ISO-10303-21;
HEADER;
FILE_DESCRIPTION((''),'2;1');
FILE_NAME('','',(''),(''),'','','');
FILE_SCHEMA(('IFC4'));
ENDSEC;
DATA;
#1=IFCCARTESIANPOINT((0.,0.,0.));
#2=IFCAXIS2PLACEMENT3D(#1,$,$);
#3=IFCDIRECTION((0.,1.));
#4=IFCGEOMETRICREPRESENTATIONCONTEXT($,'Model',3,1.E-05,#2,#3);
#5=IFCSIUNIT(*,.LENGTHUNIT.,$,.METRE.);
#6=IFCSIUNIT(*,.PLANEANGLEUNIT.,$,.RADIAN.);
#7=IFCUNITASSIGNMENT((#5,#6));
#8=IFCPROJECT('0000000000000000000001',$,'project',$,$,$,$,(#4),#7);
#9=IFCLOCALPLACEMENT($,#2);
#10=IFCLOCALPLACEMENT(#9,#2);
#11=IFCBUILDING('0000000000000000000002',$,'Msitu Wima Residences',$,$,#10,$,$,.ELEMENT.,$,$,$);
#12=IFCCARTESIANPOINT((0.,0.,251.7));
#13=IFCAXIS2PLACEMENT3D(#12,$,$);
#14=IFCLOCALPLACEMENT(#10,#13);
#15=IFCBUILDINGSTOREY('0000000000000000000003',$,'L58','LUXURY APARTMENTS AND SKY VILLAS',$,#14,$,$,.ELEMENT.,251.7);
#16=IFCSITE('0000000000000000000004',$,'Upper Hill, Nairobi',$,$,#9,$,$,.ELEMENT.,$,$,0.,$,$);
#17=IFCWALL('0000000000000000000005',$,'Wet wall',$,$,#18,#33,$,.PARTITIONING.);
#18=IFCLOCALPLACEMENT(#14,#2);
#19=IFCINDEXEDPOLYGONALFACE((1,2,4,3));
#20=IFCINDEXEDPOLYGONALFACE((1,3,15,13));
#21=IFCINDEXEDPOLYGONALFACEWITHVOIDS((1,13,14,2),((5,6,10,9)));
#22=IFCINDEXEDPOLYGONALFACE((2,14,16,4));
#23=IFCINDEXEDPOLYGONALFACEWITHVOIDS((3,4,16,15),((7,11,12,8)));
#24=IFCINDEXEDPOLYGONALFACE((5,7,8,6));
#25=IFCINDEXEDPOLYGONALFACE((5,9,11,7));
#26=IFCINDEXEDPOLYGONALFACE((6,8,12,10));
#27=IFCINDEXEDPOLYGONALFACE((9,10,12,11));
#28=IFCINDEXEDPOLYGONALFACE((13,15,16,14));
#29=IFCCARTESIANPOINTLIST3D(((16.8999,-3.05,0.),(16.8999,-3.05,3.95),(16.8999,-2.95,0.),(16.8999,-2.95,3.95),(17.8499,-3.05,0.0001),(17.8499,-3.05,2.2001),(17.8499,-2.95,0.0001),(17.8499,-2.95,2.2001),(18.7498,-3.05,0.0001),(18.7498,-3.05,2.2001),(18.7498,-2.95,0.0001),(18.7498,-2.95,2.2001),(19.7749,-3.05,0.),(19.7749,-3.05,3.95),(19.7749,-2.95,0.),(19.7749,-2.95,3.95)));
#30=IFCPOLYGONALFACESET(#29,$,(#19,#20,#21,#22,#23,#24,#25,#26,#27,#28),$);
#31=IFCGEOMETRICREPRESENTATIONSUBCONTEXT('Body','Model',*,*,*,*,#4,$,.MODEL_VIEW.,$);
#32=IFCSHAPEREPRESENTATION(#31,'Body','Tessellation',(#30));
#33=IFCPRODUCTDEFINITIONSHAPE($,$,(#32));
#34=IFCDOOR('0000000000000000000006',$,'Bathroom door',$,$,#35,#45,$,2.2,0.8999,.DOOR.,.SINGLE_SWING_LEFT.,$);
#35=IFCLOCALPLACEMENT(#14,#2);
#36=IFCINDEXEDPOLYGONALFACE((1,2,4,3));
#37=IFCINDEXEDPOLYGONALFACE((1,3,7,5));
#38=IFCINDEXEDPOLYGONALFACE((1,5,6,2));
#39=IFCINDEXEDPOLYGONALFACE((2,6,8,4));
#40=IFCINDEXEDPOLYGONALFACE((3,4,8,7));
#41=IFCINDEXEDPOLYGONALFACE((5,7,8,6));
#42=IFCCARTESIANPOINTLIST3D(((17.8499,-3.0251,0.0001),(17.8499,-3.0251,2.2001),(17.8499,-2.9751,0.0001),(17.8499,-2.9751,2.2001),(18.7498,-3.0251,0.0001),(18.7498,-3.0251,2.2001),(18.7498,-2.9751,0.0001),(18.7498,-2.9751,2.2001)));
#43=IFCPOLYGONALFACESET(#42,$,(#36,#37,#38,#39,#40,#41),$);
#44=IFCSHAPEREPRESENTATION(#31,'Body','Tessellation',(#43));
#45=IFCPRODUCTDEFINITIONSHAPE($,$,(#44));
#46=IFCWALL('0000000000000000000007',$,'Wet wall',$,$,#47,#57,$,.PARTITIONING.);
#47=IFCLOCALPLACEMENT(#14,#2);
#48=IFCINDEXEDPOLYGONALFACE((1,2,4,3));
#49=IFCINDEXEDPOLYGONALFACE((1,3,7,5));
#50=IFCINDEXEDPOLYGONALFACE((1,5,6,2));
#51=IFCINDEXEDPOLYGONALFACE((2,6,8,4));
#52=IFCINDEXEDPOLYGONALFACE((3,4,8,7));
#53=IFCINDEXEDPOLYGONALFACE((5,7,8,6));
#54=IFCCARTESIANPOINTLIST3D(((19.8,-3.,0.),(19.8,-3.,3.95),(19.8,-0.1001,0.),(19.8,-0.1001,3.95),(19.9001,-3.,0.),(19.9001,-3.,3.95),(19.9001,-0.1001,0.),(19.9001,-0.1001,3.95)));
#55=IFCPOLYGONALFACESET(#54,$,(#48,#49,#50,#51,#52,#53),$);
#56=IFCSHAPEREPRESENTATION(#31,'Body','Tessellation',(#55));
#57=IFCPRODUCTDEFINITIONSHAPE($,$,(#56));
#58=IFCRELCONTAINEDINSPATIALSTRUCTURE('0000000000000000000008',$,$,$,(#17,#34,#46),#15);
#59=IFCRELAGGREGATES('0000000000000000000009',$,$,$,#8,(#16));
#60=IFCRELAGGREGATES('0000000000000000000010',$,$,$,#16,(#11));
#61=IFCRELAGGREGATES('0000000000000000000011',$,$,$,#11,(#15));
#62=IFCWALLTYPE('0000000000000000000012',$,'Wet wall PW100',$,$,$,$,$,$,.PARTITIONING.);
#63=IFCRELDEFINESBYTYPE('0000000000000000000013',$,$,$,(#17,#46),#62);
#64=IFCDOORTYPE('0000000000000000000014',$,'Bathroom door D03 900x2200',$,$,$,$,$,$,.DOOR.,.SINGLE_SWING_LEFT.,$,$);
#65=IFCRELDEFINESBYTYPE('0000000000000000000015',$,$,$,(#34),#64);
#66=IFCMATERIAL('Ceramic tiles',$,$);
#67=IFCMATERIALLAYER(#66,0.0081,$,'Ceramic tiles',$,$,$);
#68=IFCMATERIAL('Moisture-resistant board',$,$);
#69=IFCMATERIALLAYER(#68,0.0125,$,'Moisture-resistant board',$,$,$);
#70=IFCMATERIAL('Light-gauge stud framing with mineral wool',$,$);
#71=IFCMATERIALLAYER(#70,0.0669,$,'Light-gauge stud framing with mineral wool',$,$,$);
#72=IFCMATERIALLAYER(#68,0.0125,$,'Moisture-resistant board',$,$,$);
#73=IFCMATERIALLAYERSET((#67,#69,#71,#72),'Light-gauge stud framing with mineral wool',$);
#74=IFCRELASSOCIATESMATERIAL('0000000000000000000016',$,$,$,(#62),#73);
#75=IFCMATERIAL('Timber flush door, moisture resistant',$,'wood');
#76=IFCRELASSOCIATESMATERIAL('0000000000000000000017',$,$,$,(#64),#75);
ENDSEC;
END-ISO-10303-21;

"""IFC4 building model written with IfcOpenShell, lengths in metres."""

from ifc_helpers import new_model, si_unit, direction, frame, frame_2d, origin, place, context, subcontext, project, spatial, rectangle, extrude, material, layer, layer_set, type_object, element, fill, save


model = new_model("IFC4")

# Units and contexts
model_context = context("Model", 3, precision=1e-05, world=origin(), true_north=direction((0.0, 1.0)))
body_context = subcontext(model_context, "Body", "Model", "MODEL_VIEW")
ifc_project = project(units=[si_unit("LENGTHUNIT", "METRE"), si_unit("PLANEANGLEUNIT", "RADIAN")], contexts=[model_context])

# Site, building, storey
site_placement = place(None, origin())
site = spatial("IfcSite", under=ifc_project, at=site_placement, Name="Upper Hill, Nairobi", CompositionType="ELEMENT", RefElevation=0.0)
building_placement = place(site_placement, origin())
building = spatial("IfcBuilding", under=site, at=building_placement, Name="Msitu Wima Residences", CompositionType="ELEMENT")
storey_placement = place(building_placement, frame((0.0, 0.0, 251.7)))
storey = spatial("IfcBuildingStorey", under=building, at=storey_placement, Name="L58", Description="LUXURY APARTMENTS AND SKY VILLAS", CompositionType="ELEMENT", Elevation=251.7)

# Wall, opening, door
ifc_material_1 = material(Name="Ceramic tiles")
ifc_layer_1 = layer(ifc_material_1, 0.0081, Name="Ceramic tiles")
ifc_material_2 = material(Name="Moisture-resistant board")
ifc_layer_2 = layer(ifc_material_2, 0.0125, Name="Moisture-resistant board")
ifc_material_3 = material(Name="Light-gauge stud framing with mineral wool")
ifc_layer_3 = layer(ifc_material_3, 0.0669, Name="Light-gauge stud framing with mineral wool")
ifc_layer_4 = layer(ifc_material_2, 0.0125, Name="Moisture-resistant board")
ifc_layer_set_1 = layer_set([ifc_layer_1, ifc_layer_2, ifc_layer_3, ifc_layer_4], Name="Light-gauge stud framing with mineral wool")
wall_type_1 = type_object("IfcWallType", Name="Wet wall PW100", PredefinedType="PARTITIONING", material=ifc_layer_set_1)
wall_1_placement = place(storey_placement, frame((16.8999, -3.0, 0.0), z_axis=(0.0, 0.0, 1.0), x_axis=(1.0, 0.0, 0.0)))
wall_1 = element("IfcWall", 1, at=wall_1_placement, inside=storey, type_object=wall_type_1, Name="Wet wall", PredefinedType="PARTITIONING", context=body_context, shape_type="SweptSolid", body=[
    extrude(rectangle(XDim=2.875, YDim=0.1001, at=frame_2d((1.4375, 0.0))), origin(), (0.0, 0.0, 1.0), 3.95),
])
opening_1_placement = place(wall_1_placement, frame((0.95, 0.0, 0.0)))
opening_1 = element("IfcOpeningElement", 2, at=opening_1_placement, cuts=wall_1, PredefinedType="OPENING", context=body_context, shape_type="SweptSolid", body=[
    extrude(rectangle(XDim=0.8999, YDim=2.2, at=frame_2d((0.45, 1.1001))), frame((0.0, 0.0601, 0.0), z_axis=(0.0, -1.0, 0.0), x_axis=(1.0, 0.0, 0.0)), (0.0, 0.0, 1.0), 0.1201),
])
ifc_material_4 = material(Name="Timber flush door, moisture resistant", Category="wood")
door_type_1 = type_object("IfcDoorType", Name="Bathroom door D03 900x2200", OperationType="SINGLE_SWING_LEFT", PredefinedType="DOOR", material=ifc_material_4)
door_1_placement = place(opening_1_placement, origin())
door_1 = element("IfcDoor", 3, at=door_1_placement, inside=storey, type_object=door_type_1, Name="Bathroom door", OperationType="SINGLE_SWING_LEFT", OverallHeight=2.2, OverallWidth=0.8999, PredefinedType="DOOR", context=body_context, shape_type="SweptSolid", body=[
    extrude(rectangle(XDim=0.8999, YDim=2.2, at=frame_2d((0.45, 1.1001))), frame((0.0, 0.0249, 0.0), z_axis=(0.0, -1.0, 0.0), x_axis=(1.0, 0.0, 0.0)), (0.0, 0.0, 1.0), 0.05),
])
fill(opening_1, door_1)

# Wall
wall_2_placement = place(storey_placement, frame((19.8501, -3.0, 0.0), z_axis=(0.0, 0.0, 1.0), x_axis=(0.0, 1.0, 0.0)))
element("IfcWall", 4, at=wall_2_placement, inside=storey, type_object=wall_type_1, Name="Wet wall", PredefinedType="PARTITIONING", context=body_context, shape_type="SweptSolid", body=[
    extrude(rectangle(XDim=2.8999, YDim=0.1001, at=frame_2d((1.45, 0.0))), origin(), (0.0, 0.0, 1.0), 3.95),
])

save(model, "model.ifc")
